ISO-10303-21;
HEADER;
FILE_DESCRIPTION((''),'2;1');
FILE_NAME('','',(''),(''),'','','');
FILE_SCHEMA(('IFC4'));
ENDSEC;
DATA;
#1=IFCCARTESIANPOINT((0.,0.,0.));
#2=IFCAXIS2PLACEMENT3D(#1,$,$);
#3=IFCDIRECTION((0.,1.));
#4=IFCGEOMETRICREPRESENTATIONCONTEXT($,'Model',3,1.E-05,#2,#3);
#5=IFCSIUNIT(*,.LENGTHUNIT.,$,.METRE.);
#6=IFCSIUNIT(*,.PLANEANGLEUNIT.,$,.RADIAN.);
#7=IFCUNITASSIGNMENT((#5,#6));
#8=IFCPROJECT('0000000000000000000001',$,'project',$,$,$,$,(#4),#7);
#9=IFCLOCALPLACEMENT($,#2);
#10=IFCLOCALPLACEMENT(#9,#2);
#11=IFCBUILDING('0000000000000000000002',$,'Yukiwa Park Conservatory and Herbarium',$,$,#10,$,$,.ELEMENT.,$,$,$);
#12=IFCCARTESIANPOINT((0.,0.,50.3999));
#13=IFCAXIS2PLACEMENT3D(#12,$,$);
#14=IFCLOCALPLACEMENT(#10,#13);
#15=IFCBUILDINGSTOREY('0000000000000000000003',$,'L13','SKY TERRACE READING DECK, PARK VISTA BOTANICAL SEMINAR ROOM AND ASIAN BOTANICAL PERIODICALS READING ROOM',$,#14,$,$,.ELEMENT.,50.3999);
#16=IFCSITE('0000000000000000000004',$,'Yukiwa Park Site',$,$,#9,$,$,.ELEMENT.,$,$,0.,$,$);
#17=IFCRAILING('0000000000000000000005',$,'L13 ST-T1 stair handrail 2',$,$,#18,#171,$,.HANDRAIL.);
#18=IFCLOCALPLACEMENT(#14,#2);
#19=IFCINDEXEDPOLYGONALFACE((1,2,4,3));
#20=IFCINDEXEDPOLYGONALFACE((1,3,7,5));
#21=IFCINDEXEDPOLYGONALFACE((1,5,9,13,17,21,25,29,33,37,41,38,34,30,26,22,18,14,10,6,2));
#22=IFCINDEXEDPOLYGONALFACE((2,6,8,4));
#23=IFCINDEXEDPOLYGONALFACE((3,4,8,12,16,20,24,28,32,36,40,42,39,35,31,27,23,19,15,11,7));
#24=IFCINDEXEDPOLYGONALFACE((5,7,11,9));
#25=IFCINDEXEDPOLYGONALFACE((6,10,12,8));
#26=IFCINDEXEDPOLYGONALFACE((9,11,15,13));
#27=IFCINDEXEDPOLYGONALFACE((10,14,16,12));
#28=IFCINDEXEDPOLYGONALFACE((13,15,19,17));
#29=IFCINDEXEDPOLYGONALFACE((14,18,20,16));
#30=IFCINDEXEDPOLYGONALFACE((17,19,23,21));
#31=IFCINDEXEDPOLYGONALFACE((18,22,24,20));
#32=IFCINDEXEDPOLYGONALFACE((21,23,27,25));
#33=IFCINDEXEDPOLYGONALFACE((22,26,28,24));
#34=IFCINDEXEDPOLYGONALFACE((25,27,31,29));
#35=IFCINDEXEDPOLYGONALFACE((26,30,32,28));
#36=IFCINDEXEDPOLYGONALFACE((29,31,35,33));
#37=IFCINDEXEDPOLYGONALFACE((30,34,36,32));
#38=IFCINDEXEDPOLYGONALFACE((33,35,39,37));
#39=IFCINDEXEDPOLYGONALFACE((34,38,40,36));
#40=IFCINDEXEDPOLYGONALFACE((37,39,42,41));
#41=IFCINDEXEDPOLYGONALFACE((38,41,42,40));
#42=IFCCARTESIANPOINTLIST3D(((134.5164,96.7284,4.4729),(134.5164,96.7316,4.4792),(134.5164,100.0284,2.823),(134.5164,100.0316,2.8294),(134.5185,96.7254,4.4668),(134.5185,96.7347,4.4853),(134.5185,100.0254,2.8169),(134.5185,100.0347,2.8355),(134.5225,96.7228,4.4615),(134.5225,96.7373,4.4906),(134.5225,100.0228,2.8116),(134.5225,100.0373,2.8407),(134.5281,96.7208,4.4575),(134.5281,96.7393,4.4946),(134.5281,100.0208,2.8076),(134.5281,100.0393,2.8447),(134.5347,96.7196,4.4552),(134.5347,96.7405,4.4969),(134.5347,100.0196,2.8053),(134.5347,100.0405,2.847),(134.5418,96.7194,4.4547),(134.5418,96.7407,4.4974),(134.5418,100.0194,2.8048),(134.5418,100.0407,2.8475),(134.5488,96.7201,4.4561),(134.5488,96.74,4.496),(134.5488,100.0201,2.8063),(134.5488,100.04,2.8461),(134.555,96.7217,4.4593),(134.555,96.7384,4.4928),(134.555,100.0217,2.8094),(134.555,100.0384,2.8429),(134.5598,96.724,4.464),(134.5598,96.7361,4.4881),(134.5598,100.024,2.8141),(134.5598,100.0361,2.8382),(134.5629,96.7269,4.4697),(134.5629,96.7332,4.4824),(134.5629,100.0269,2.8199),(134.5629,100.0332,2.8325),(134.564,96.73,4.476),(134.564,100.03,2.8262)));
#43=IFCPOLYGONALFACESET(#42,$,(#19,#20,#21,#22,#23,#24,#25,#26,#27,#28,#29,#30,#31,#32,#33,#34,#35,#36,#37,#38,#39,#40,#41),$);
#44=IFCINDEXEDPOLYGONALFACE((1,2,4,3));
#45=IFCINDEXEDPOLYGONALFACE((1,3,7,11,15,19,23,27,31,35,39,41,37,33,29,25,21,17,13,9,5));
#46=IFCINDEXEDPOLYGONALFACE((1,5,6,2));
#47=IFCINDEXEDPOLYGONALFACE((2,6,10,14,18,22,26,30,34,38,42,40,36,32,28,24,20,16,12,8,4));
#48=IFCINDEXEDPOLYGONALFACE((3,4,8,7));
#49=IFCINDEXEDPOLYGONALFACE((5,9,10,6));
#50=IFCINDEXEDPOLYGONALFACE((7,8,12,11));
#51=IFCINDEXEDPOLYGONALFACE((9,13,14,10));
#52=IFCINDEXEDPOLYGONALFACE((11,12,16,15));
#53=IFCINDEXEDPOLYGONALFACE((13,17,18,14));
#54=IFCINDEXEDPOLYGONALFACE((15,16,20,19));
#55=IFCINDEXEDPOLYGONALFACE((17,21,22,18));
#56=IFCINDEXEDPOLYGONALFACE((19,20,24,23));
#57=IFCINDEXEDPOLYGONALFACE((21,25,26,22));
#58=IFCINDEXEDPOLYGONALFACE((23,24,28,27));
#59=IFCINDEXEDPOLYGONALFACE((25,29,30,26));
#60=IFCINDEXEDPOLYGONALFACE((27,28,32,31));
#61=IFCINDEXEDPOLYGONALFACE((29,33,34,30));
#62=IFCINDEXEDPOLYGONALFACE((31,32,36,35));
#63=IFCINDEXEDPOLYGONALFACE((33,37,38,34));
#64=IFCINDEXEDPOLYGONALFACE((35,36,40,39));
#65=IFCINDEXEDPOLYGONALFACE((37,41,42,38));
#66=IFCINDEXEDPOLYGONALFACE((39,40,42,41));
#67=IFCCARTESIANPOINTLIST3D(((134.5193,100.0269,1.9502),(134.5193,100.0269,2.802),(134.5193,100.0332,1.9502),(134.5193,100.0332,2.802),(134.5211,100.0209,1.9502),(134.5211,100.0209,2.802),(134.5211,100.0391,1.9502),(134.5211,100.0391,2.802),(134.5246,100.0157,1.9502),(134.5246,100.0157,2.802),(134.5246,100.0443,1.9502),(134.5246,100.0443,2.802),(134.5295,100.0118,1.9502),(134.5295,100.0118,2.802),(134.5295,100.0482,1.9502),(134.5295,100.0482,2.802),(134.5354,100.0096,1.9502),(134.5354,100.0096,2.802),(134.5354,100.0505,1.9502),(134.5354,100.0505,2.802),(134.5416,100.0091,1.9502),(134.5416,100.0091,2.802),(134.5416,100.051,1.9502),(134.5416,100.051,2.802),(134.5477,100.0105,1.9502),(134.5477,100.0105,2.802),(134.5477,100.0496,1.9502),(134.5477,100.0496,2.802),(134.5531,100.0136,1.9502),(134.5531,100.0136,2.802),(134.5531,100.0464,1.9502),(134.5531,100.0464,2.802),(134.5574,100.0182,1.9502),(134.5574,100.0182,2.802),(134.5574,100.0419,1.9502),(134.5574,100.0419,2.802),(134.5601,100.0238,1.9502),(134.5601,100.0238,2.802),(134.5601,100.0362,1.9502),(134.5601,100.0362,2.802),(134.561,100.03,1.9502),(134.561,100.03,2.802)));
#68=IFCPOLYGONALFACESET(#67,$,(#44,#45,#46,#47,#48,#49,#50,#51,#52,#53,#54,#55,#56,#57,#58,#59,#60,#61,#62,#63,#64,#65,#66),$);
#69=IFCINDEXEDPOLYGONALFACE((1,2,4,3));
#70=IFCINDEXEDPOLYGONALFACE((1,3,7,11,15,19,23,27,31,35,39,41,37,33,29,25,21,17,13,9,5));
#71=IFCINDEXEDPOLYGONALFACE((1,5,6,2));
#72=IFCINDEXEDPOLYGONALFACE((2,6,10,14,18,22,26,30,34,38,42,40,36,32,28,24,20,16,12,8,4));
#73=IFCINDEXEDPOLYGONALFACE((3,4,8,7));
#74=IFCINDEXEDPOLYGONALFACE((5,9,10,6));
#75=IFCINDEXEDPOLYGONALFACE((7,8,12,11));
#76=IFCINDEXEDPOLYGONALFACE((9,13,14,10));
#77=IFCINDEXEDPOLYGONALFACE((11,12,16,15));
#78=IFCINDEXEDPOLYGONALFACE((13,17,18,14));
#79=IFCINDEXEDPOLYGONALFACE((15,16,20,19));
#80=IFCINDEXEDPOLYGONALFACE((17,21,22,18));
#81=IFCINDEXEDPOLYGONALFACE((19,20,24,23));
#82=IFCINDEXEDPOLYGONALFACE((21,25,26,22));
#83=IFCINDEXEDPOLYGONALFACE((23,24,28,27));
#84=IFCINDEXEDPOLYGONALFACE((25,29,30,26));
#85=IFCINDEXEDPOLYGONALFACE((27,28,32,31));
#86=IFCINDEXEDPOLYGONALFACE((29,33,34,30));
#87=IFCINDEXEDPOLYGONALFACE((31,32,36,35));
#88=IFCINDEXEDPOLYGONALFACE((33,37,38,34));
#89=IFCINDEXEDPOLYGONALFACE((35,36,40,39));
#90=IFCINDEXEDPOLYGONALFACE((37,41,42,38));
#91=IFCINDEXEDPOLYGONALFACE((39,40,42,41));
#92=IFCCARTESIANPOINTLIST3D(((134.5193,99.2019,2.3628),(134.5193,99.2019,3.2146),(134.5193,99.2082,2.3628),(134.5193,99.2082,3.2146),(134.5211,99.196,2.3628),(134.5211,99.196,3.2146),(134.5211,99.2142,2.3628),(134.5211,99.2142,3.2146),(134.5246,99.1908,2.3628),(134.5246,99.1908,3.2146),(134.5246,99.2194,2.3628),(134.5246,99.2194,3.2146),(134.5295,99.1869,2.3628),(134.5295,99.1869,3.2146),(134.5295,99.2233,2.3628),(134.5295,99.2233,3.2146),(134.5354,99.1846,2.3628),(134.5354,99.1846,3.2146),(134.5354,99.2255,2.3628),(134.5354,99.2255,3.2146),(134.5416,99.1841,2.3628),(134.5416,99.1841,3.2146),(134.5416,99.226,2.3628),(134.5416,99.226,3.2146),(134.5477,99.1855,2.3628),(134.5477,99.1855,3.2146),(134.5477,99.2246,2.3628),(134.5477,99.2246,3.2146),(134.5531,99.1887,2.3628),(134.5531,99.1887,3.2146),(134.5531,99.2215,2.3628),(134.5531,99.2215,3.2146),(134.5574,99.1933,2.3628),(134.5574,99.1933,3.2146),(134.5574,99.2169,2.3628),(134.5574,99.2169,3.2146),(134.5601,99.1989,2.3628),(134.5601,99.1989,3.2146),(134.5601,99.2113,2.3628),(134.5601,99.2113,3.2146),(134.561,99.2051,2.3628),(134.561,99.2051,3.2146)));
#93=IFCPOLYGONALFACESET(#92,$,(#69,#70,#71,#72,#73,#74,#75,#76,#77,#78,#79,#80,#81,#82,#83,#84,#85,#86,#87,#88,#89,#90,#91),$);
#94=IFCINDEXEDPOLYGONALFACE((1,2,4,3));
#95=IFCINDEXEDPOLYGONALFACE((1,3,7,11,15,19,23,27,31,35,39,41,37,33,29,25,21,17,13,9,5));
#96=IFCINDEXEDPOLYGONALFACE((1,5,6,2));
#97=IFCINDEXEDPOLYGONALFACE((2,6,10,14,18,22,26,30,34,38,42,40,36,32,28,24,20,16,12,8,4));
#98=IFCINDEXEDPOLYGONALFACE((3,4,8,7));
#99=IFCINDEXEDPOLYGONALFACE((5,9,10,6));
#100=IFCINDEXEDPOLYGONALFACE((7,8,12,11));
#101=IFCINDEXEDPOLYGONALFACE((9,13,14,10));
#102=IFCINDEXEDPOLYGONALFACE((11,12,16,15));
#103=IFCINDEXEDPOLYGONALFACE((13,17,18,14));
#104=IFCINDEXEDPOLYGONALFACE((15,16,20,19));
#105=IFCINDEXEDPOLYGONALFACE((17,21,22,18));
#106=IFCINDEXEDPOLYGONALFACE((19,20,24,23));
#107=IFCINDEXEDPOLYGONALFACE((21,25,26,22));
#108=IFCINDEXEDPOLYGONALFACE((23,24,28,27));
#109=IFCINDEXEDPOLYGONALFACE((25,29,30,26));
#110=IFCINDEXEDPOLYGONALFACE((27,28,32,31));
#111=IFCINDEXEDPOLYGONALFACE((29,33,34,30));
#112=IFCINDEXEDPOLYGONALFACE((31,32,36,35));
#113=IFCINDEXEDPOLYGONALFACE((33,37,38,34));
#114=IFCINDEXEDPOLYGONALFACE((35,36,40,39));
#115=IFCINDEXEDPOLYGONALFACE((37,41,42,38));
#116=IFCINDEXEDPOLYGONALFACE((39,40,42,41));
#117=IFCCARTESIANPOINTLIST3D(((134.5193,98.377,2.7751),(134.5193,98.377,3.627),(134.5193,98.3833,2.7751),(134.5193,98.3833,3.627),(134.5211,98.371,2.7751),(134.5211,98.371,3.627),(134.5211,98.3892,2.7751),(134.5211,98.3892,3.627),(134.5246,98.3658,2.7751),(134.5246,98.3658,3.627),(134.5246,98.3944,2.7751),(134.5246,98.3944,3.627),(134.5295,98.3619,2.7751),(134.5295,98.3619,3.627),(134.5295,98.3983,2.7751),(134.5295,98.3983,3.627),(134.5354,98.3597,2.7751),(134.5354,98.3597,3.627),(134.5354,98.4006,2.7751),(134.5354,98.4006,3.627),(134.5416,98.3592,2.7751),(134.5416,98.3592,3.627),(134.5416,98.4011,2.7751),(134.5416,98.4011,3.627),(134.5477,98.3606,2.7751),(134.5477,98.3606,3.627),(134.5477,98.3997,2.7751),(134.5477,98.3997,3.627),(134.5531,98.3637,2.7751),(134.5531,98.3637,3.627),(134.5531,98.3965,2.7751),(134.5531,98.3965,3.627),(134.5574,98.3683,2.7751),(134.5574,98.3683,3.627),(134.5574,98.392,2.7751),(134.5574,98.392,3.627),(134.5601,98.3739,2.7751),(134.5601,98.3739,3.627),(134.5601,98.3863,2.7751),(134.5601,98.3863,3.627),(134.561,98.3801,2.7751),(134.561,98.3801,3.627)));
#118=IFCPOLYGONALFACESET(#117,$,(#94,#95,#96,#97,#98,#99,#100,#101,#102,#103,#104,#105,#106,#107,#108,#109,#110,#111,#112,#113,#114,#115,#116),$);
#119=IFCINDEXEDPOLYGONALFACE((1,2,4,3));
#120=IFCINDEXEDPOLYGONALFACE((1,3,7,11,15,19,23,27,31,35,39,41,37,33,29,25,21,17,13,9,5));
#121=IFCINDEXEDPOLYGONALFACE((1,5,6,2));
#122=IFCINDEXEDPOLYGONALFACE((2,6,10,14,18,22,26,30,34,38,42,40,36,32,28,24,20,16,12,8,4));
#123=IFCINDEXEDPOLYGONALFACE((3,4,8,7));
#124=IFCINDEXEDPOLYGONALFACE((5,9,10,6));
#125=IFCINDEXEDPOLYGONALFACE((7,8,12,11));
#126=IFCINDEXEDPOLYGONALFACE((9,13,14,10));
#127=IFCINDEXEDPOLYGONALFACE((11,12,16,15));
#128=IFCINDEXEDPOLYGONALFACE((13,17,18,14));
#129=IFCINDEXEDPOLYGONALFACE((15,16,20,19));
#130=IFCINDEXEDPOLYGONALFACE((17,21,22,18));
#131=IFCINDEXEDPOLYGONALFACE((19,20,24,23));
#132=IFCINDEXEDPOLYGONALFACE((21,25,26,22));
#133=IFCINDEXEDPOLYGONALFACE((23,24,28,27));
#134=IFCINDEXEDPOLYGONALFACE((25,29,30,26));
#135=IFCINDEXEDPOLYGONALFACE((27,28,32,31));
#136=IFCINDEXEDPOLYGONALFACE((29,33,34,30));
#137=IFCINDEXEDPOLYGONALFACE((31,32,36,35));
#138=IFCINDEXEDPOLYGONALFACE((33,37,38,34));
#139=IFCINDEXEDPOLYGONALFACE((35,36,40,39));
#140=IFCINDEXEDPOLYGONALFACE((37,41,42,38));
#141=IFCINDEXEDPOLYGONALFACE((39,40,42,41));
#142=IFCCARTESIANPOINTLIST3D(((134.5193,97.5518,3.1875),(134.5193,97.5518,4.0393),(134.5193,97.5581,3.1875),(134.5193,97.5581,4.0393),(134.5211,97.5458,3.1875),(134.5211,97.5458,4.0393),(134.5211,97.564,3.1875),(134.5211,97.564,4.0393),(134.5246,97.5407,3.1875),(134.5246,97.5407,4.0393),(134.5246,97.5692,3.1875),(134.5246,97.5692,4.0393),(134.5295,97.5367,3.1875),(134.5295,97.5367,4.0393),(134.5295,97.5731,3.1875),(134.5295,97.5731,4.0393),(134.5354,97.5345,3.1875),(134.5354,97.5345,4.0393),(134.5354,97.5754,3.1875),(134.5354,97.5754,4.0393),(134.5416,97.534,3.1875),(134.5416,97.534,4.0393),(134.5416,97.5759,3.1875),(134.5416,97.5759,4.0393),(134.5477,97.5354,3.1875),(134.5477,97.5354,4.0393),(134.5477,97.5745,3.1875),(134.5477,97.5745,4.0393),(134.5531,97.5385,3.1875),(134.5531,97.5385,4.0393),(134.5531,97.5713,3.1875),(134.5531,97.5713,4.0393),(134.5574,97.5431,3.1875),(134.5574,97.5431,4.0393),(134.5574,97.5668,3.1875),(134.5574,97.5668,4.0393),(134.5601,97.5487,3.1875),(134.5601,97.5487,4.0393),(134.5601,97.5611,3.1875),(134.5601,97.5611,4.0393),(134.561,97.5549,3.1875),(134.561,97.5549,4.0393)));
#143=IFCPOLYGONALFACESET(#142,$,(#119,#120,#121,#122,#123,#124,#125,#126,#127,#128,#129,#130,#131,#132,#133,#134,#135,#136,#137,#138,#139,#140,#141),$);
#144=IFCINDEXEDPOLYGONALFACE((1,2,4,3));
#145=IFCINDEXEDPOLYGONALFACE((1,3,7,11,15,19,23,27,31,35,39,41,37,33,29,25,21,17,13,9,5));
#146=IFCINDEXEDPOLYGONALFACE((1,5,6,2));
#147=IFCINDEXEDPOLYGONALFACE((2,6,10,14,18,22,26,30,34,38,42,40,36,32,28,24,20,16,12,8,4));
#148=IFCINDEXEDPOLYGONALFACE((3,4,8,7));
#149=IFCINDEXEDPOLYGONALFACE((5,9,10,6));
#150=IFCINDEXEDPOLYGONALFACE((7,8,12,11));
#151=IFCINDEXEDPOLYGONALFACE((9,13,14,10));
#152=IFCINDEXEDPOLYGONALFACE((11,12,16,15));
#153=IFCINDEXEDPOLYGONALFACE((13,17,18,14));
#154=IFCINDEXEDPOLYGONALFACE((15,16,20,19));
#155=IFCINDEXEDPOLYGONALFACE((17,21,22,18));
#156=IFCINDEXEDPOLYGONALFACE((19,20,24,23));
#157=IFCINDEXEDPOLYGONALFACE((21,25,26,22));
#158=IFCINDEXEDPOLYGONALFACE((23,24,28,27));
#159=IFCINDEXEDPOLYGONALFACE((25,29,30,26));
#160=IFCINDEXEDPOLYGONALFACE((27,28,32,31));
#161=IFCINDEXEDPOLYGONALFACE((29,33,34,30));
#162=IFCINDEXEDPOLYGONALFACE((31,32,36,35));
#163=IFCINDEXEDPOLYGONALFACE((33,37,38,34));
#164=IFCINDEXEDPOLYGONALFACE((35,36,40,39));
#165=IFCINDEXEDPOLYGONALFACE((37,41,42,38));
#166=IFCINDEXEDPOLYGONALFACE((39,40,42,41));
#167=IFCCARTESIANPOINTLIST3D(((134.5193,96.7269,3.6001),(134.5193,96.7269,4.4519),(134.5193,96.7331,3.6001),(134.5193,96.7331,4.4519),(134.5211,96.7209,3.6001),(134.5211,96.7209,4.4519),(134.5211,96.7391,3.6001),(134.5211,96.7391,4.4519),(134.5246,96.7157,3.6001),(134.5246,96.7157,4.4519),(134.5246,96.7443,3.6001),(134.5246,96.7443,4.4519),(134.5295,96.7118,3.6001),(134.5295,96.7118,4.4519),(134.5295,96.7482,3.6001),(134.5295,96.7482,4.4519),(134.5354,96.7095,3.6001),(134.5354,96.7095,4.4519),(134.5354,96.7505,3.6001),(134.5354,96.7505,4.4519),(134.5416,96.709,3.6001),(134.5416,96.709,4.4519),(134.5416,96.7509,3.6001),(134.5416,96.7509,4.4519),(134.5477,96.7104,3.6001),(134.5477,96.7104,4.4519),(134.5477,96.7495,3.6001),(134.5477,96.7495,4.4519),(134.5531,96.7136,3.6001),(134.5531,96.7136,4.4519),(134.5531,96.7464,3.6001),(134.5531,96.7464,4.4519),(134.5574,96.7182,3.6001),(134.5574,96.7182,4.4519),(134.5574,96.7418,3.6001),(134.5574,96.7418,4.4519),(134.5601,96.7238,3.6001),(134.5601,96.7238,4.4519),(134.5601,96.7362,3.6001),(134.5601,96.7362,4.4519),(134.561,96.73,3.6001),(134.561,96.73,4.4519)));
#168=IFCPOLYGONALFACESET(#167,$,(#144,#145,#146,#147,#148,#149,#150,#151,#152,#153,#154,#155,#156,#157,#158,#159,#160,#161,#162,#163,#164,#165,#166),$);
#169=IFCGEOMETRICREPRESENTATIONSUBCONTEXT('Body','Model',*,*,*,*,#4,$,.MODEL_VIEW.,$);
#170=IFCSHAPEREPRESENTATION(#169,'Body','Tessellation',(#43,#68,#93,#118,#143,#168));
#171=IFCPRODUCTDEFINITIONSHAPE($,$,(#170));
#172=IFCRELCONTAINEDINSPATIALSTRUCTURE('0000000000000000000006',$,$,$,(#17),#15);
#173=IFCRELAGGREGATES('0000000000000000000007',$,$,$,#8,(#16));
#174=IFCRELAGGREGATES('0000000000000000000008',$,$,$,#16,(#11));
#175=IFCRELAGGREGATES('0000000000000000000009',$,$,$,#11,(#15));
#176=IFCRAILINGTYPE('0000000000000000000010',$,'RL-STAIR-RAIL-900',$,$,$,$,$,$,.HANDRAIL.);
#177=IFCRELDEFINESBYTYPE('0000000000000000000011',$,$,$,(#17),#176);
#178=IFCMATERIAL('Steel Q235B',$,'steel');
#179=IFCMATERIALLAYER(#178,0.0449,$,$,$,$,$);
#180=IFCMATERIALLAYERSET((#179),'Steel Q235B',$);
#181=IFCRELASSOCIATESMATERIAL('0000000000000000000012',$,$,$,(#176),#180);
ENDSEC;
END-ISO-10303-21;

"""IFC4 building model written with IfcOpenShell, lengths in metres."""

from ifc_helpers import new_model, si_unit, direction, frame, origin, origin_2d, place, context, subcontext, project, spatial, circle, extrude, material, layer, layer_set, type_object, element, save


model = new_model("IFC4")

# Units and contexts
model_context = context("Model", 3, precision=1e-05, world=origin(), true_north=direction((0.0, 1.0)))
body_context = subcontext(model_context, "Body", "Model", "MODEL_VIEW")
ifc_project = project(units=[si_unit("LENGTHUNIT", "METRE"), si_unit("PLANEANGLEUNIT", "RADIAN")], contexts=[model_context])

# Site, building, storey
site_placement = place(None, origin())
site = spatial("IfcSite", under=ifc_project, at=site_placement, Name="Yukiwa Park Site", CompositionType="ELEMENT", RefElevation=0.0)
building_placement = place(site_placement, origin())
building = spatial("IfcBuilding", under=site, at=building_placement, Name="Yukiwa Park Conservatory and Herbarium", CompositionType="ELEMENT")
storey_placement = place(building_placement, frame((0.0, 0.0, 50.3999)))
storey = spatial("IfcBuildingStorey", under=building, at=storey_placement, Name="L13", Description="SKY TERRACE READING DECK, PARK VISTA BOTANICAL SEMINAR ROOM AND ASIAN BOTANICAL PERIODICALS READING ROOM", CompositionType="ELEMENT", Elevation=50.3999)

# Railing
ifc_material_1 = material(Name="Steel Q235B", Category="steel")
ifc_layer_1 = layer(ifc_material_1, 0.0449)
ifc_layer_set_1 = layer_set([ifc_layer_1], Name="Steel Q235B")
railing_type_1 = type_object("IfcRailingType", Name="RL-STAIR-RAIL-900", PredefinedType="HANDRAIL", material=ifc_layer_set_1)
railing_1_placement = place(storey_placement, frame((134.54, 100.03, 1.9502)))
element("IfcRailing", 1, at=railing_1_placement, inside=storey, type_object=railing_type_1, Name="L13 ST-T1 stair handrail 2", PredefinedType="HANDRAIL", context=body_context, shape_type="SweptSolid", body=[
    extrude(circle(Radius=0.0239, at=origin_2d()), frame((0.0, 0.0, 0.876), z_axis=(0.0, -0.89444, 0.447187), x_axis=(1.0, 0.0, 0.0)), (0.0, 0.0, 1.0), 3.6895),
    extrude(circle(Radius=0.021, at=origin_2d()), origin(), (0.0, 0.0, 1.0), 0.8518),
    extrude(circle(Radius=0.021, at=origin_2d()), frame((0.0, -0.825, 0.4126)), (0.0, 0.0, 1.0), 0.8518),
    extrude(circle(Radius=0.021, at=origin_2d()), frame((0.0, -1.6499, 0.825)), (0.0, 0.0, 1.0), 0.8518),
    extrude(circle(Radius=0.021, at=origin_2d()), frame((0.0, -2.4751, 1.2373)), (0.0, 0.0, 1.0), 0.8518),
    extrude(circle(Radius=0.021, at=origin_2d()), frame((0.0, -3.3, 1.6499)), (0.0, 0.0, 1.0), 0.8518),
])

save(model, "model.ifc")
